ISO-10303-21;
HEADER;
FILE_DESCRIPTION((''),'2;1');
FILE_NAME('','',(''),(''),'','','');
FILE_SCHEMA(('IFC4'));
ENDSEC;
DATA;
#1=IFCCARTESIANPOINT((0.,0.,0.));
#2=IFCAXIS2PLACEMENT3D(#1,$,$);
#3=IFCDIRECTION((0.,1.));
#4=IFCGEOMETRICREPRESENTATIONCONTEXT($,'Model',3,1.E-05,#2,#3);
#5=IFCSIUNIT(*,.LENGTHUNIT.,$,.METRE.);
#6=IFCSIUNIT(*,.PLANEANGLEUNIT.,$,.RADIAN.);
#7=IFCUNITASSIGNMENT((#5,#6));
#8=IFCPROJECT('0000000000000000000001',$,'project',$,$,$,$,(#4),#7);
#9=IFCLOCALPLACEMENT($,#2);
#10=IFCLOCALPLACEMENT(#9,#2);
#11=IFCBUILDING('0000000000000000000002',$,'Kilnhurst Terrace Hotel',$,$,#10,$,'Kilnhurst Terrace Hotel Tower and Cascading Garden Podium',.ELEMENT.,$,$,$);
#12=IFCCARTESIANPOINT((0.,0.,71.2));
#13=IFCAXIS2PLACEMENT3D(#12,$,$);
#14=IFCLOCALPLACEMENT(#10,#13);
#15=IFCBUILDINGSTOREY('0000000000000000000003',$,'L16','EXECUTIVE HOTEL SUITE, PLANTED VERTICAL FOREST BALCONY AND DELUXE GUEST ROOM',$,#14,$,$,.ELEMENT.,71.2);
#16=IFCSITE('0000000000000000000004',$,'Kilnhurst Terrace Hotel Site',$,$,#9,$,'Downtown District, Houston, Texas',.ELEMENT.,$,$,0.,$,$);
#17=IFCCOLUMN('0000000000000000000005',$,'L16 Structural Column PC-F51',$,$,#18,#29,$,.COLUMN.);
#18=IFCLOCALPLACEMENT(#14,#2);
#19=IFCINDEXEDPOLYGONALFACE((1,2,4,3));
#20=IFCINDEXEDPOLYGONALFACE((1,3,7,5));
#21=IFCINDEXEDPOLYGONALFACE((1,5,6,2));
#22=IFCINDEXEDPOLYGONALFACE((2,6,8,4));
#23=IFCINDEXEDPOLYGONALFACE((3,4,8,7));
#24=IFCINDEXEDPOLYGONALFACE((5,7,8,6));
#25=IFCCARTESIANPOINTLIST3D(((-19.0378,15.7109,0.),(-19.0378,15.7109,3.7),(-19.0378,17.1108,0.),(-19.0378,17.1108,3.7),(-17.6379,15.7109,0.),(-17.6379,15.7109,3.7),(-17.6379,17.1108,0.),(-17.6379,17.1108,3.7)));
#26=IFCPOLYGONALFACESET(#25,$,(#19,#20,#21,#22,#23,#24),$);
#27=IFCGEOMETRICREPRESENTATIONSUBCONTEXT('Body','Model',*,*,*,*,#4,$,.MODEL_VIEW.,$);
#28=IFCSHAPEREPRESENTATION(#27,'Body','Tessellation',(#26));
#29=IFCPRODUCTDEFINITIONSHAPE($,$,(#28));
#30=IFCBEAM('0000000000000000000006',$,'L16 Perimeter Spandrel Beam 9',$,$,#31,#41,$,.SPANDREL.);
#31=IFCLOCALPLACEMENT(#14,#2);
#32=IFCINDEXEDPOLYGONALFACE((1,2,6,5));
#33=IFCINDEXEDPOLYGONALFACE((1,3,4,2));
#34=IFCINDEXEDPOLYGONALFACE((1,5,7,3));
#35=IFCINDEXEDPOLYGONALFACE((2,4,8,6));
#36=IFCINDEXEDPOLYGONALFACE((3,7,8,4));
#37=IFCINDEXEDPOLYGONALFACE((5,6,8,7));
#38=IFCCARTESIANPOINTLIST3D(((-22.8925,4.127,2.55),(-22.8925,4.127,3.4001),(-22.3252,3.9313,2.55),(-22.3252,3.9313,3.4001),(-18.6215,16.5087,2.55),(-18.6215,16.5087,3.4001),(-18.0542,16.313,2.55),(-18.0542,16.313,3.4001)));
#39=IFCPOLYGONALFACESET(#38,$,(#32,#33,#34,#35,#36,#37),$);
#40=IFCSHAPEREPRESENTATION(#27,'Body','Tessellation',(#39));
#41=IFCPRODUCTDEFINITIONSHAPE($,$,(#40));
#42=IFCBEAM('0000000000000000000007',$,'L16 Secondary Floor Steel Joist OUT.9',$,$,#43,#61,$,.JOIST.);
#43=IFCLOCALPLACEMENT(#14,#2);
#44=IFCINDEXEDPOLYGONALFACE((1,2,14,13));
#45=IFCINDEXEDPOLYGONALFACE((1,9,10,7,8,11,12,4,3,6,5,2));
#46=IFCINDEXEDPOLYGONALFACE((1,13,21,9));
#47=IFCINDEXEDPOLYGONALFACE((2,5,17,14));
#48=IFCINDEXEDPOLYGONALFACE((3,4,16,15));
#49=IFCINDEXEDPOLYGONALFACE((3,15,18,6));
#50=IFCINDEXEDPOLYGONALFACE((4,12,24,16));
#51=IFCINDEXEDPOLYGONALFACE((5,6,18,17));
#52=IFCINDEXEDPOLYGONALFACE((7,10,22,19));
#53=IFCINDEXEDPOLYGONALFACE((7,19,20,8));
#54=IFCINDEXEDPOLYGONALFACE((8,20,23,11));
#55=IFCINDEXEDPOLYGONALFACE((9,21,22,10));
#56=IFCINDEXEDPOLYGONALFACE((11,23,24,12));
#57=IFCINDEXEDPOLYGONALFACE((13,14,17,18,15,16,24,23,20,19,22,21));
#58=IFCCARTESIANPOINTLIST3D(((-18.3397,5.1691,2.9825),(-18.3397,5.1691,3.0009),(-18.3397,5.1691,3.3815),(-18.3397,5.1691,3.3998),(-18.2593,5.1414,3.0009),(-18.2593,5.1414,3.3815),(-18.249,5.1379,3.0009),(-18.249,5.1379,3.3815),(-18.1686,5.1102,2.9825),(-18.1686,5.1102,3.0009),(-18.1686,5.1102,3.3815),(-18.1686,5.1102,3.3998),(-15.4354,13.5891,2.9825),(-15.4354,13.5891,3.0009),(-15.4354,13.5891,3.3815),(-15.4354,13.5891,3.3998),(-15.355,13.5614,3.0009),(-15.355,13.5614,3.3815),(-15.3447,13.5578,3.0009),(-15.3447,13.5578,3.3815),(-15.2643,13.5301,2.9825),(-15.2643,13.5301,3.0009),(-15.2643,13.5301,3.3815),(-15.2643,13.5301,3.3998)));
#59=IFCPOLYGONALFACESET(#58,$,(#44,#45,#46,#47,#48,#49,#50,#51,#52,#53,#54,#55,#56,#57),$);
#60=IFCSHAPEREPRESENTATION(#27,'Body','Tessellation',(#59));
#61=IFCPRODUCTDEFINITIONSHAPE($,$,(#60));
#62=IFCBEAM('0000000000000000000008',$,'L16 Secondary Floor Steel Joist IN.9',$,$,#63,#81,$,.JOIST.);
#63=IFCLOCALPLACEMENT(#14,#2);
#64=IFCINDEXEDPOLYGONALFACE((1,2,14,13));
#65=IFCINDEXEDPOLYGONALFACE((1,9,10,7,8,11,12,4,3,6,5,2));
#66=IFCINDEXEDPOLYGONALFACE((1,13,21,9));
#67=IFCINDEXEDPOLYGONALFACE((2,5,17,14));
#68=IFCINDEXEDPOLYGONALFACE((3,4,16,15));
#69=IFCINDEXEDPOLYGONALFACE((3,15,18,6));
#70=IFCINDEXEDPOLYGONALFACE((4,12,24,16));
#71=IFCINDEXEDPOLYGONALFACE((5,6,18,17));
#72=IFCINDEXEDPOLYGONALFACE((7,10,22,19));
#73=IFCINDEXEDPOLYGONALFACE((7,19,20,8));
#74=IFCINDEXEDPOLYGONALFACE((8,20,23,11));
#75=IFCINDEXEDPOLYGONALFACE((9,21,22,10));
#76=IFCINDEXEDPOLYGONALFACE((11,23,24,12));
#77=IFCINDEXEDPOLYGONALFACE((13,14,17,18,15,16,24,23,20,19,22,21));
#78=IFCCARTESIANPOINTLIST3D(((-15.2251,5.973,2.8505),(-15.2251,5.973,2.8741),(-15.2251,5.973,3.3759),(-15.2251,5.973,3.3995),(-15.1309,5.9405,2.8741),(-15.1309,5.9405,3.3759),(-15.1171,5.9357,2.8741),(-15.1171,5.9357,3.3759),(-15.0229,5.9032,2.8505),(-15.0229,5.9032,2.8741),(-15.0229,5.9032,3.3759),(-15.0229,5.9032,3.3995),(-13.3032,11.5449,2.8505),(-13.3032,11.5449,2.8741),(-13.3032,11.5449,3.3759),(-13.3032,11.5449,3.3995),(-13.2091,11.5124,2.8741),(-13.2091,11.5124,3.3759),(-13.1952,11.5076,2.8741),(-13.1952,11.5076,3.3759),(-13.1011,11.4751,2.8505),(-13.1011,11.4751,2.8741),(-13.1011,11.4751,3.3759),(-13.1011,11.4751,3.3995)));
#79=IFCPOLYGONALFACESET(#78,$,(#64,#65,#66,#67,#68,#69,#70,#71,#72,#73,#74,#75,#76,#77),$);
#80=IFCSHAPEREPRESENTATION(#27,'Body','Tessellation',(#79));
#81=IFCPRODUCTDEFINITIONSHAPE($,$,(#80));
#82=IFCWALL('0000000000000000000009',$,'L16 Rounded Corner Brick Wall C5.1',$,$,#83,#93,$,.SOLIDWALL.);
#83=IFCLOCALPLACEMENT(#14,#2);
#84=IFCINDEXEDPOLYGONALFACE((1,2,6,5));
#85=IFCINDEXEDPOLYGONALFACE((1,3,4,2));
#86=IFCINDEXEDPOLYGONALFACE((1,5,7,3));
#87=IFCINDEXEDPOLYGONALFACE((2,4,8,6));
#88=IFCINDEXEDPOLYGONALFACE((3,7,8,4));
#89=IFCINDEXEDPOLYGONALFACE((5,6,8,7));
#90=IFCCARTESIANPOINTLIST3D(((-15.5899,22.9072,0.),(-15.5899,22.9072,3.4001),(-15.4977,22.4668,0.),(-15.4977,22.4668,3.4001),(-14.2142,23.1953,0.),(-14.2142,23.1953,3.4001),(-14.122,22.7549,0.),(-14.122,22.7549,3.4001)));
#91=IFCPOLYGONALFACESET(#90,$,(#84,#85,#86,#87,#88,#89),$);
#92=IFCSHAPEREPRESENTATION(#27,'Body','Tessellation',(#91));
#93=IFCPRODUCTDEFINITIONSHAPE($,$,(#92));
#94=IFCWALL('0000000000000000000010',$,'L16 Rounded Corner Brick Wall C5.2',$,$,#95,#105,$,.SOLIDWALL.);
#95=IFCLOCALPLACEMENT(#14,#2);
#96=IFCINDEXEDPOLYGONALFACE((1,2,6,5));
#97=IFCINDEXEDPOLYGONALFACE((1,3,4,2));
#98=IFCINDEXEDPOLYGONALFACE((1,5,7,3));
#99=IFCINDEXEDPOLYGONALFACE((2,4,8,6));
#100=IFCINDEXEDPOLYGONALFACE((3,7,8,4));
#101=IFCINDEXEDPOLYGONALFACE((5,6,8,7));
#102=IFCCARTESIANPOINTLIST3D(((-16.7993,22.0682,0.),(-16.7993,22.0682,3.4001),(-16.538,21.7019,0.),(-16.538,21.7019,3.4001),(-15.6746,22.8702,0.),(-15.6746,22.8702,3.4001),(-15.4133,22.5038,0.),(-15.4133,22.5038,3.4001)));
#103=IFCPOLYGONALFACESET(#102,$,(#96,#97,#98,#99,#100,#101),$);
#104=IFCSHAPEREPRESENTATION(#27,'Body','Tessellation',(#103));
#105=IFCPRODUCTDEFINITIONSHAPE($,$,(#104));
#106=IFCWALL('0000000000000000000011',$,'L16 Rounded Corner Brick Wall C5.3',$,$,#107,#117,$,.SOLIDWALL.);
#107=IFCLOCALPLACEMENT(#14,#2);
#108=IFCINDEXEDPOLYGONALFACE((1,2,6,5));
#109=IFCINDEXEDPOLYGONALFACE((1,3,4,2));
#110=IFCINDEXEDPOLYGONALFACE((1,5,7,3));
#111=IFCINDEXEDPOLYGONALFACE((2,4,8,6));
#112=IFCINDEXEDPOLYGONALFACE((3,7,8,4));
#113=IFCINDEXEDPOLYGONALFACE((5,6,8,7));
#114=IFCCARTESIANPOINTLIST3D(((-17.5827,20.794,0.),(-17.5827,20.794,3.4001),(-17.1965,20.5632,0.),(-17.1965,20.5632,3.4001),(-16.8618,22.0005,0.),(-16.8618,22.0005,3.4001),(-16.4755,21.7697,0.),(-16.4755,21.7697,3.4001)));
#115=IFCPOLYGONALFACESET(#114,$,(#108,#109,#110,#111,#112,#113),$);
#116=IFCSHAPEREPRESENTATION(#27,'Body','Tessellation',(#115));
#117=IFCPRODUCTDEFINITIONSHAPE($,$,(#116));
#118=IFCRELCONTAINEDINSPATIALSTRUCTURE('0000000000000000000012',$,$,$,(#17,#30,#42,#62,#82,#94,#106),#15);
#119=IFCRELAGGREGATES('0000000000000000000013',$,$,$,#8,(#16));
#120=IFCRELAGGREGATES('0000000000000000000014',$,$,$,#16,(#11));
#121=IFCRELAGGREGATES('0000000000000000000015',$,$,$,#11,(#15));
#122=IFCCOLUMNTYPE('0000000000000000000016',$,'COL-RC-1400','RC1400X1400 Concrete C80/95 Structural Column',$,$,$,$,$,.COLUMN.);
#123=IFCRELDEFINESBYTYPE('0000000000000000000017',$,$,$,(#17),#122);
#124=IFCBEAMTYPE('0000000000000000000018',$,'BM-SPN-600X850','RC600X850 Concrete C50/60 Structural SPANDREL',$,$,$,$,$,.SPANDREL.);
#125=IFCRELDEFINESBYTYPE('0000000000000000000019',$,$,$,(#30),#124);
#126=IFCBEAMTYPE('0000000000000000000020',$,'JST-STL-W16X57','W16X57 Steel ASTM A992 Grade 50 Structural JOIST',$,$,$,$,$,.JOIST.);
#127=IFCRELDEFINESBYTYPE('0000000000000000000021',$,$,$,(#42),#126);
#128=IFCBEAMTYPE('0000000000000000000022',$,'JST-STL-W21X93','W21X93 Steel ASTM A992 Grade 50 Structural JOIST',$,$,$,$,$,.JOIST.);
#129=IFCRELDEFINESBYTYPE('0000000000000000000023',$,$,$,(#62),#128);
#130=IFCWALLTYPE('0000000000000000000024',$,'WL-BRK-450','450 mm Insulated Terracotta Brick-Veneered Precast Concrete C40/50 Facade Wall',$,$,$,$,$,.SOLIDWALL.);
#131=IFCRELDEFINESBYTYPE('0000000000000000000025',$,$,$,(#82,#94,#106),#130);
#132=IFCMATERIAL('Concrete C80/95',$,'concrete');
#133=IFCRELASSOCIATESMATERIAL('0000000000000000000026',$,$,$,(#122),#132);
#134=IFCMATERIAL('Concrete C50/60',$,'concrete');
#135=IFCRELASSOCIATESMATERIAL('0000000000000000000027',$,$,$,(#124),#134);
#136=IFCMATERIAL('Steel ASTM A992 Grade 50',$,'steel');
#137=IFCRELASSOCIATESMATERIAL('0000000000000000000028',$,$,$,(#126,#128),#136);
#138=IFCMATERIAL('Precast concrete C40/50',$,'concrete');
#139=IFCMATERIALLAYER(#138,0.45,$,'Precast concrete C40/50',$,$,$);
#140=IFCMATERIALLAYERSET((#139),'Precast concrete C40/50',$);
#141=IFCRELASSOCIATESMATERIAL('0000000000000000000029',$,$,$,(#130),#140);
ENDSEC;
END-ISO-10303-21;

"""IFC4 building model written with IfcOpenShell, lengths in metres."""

from ifc_helpers import new_model, si_unit, direction, frame, frame_2d, origin, origin_2d, place, context, subcontext, project, spatial, rectangle, i_section, extrude, material, layer, layer_set, material_profile, profile_set, type_object, element, save


model = new_model("IFC4")

# Units and contexts
model_context = context("Model", 3, precision=1e-05, world=origin(), true_north=direction((0.0, 1.0)))
body_context = subcontext(model_context, "Body", "Model", "MODEL_VIEW")
ifc_project = project(units=[si_unit("LENGTHUNIT", "METRE"), si_unit("PLANEANGLEUNIT", "RADIAN")], contexts=[model_context])

# Site, building, storey
site_placement = place(None, origin())
site = spatial("IfcSite", under=ifc_project, at=site_placement, Name="Kilnhurst Terrace Hotel Site", LongName="Downtown District, Houston, Texas", CompositionType="ELEMENT", RefElevation=0.0)
building_placement = place(site_placement, origin())
building = spatial("IfcBuilding", under=site, at=building_placement, Name="Kilnhurst Terrace Hotel", LongName="Kilnhurst Terrace Hotel Tower and Cascading Garden Podium", CompositionType="ELEMENT")
storey_placement = place(building_placement, frame((0.0, 0.0, 71.2)))
storey = spatial("IfcBuildingStorey", under=building, at=storey_placement, Name="L16", Description="EXECUTIVE HOTEL SUITE, PLANTED VERTICAL FOREST BALCONY AND DELUXE GUEST ROOM", CompositionType="ELEMENT", Elevation=71.2)

# Column
ifc_material_1 = material(Name="Concrete C80/95", Category="concrete")
ifc_material_profile_1 = material_profile(ifc_material_1, rectangle(XDim=1.3999, YDim=1.3999, at=origin_2d()), Name="RC1400X1400")
ifc_profile_set_1 = profile_set([ifc_material_profile_1], Name="Concrete C80/95")
column_type = type_object("IfcColumnType", Name="COL-RC-1400", Description="RC1400X1400 Concrete C80/95 Structural Column", PredefinedType="COLUMN", material=ifc_profile_set_1)
column_placement = place(storey_placement, frame((-18.3379, 16.4109, 0.0), z_axis=(0.0, 0.0, 1.0), x_axis=(1.0, 0.0, 0.0)))
element("IfcColumn", 1, at=column_placement, inside=storey, type_object=column_type, Name="L16 Structural Column PC-F51", PredefinedType="COLUMN", context=body_context, shape_type="SweptSolid", body=[
    extrude(rectangle(XDim=1.3999, YDim=1.3999, at=origin_2d()), origin(), (0.0, 0.0, 1.0), 3.7),
])

# Beams
ifc_material_2 = material(Name="Concrete C50/60", Category="concrete")
ifc_material_profile_2 = material_profile(ifc_material_2, rectangle(XDim=0.6001, YDim=0.8501, at=origin_2d()), Name="RC600X850")
ifc_profile_set_2 = profile_set([ifc_material_profile_2], Name="Concrete C50/60")
beam_type_1 = type_object("IfcBeamType", Name="BM-SPN-600X850", Description="RC600X850 Concrete C50/60 Structural SPANDREL", PredefinedType="SPANDREL", material=ifc_profile_set_2)
beam_1_placement = place(storey_placement, frame((-18.3379, 16.4109, 2.9751), z_axis=(-0.326086, -0.94534, 0.0), x_axis=(0.94534, -0.326086, 0.0)))
element("IfcBeam", 2, at=beam_1_placement, inside=storey, type_object=beam_type_1, Name="L16 Perimeter Spandrel Beam 9", PredefinedType="SPANDREL", context=body_context, shape_type="SweptSolid", body=[
    extrude(rectangle(XDim=0.6001, YDim=0.8501, at=origin_2d()), origin(), (0.0, 0.0, 1.0), 13.0977),
])
ifc_material_3 = material(Name="Steel ASTM A992 Grade 50", Category="steel")
ifc_material_profile_3 = material_profile(ifc_material_3, i_section(OverallWidth=0.1809, OverallDepth=0.4172, WebThickness=0.011, FlangeThickness=0.0183, at=origin_2d()), Name="W16X57")
ifc_profile_set_3 = profile_set([ifc_material_profile_3], Name="Steel ASTM A992 Grade 50")
beam_type_2 = type_object("IfcBeamType", Name="JST-STL-W16X57", Description="W16X57 Steel ASTM A992 Grade 50 Structural JOIST", PredefinedType="JOIST", material=ifc_profile_set_3)
beam_2_placement = place(storey_placement, frame((-15.3499, 13.5596, 3.1912), z_axis=(-0.326079, -0.945343, 0.0), x_axis=(0.945343, -0.326079, 0.0)))
element("IfcBeam", 3, at=beam_2_placement, inside=storey, type_object=beam_type_2, Name="L16 Secondary Floor Steel Joist OUT.9", PredefinedType="JOIST", context=body_context, shape_type="SweptSolid", body=[
    extrude(i_section(OverallWidth=0.1809, OverallDepth=0.4172, WebThickness=0.011, FlangeThickness=0.0183, at=origin_2d()), origin(), (0.0, 0.0, 1.0), 8.9067),
])
ifc_material_profile_4 = material_profile(ifc_material_3, i_section(OverallWidth=0.2139, OverallDepth=0.5491, WebThickness=0.0146, FlangeThickness=0.0237, at=origin_2d()), Name="W21X93")
ifc_profile_set_4 = profile_set([ifc_material_profile_4], Name="Steel ASTM A992 Grade 50")
beam_type_3 = type_object("IfcBeamType", Name="JST-STL-W21X93", Description="W21X93 Steel ASTM A992 Grade 50 Structural JOIST", PredefinedType="JOIST", material=ifc_profile_set_4)
beam_3_placement = place(storey_placement, frame((-13.2021, 11.51, 3.125), z_axis=(-0.326065, -0.945347, 0.0), x_axis=(0.945347, -0.326065, 0.0)))
element("IfcBeam", 4, at=beam_3_placement, inside=storey, type_object=beam_type_3, Name="L16 Secondary Floor Steel Joist IN.9", PredefinedType="JOIST", context=body_context, shape_type="SweptSolid", body=[
    extrude(i_section(OverallWidth=0.2139, OverallDepth=0.5491, WebThickness=0.0146, FlangeThickness=0.0237, at=origin_2d()), origin(), (0.0, 0.0, 1.0), 5.894),
])

# Walls
ifc_material_4 = material(Name="Precast concrete C40/50", Category="concrete")
ifc_layer_1 = layer(ifc_material_4, 0.45, Name="Precast concrete C40/50")
ifc_layer_set_1 = layer_set([ifc_layer_1], Name="Precast concrete C40/50")
wall_type_1 = type_object("IfcWallType", Name="WL-BRK-450", Description="450 mm Insulated Terracotta Brick-Veneered Precast Concrete C40/50 Facade Wall", PredefinedType="SOLIDWALL", material=ifc_layer_set_1)
wall_1_placement = place(storey_placement, frame((-14.1682, 22.9751, 0.0), z_axis=(0.0, 0.0, 1.0), x_axis=(-0.97877, -0.20496, 0.0)))
element("IfcWall", 5, at=wall_1_placement, inside=storey, type_object=wall_type_1, Name="L16 Rounded Corner Brick Wall C5.1", PredefinedType="SOLIDWALL", context=body_context, shape_type="SweptSolid", body=[
    extrude(rectangle(XDim=1.4055, YDim=0.45, at=frame_2d((0.7026, 0.0))), origin(), (0.0, 0.0, 1.0), 3.4001),
])
wall_2_placement = place(storey_placement, frame((-15.5439, 22.687, 0.0), z_axis=(0.0, 0.0, 1.0), x_axis=(-0.814211, -0.580569, 0.0)))
element("IfcWall", 6, at=wall_2_placement, inside=storey, type_object=wall_type_1, Name="L16 Rounded Corner Brick Wall C5.2", PredefinedType="SOLIDWALL", context=body_context, shape_type="SweptSolid", body=[
    extrude(rectangle(XDim=1.3813, YDim=0.45, at=frame_2d((0.6907, 0.0))), origin(), (0.0, 0.0, 1.0), 3.4001),
])
wall_3_placement = place(storey_placement, frame((-16.6687, 21.885, 0.0), z_axis=(0.0, 0.0, 1.0), x_axis=(-0.512937, -0.858426, 0.0)))
element("IfcWall", 7, at=wall_3_placement, inside=storey, type_object=wall_type_1, Name="L16 Rounded Corner Brick Wall C5.3", PredefinedType="SOLIDWALL", context=body_context, shape_type="SweptSolid", body=[
    extrude(rectangle(XDim=1.4055, YDim=0.45, at=frame_2d((0.7026, 0.0))), origin(), (0.0, 0.0, 1.0), 3.4001),
])

save(model, "model.ifc")
